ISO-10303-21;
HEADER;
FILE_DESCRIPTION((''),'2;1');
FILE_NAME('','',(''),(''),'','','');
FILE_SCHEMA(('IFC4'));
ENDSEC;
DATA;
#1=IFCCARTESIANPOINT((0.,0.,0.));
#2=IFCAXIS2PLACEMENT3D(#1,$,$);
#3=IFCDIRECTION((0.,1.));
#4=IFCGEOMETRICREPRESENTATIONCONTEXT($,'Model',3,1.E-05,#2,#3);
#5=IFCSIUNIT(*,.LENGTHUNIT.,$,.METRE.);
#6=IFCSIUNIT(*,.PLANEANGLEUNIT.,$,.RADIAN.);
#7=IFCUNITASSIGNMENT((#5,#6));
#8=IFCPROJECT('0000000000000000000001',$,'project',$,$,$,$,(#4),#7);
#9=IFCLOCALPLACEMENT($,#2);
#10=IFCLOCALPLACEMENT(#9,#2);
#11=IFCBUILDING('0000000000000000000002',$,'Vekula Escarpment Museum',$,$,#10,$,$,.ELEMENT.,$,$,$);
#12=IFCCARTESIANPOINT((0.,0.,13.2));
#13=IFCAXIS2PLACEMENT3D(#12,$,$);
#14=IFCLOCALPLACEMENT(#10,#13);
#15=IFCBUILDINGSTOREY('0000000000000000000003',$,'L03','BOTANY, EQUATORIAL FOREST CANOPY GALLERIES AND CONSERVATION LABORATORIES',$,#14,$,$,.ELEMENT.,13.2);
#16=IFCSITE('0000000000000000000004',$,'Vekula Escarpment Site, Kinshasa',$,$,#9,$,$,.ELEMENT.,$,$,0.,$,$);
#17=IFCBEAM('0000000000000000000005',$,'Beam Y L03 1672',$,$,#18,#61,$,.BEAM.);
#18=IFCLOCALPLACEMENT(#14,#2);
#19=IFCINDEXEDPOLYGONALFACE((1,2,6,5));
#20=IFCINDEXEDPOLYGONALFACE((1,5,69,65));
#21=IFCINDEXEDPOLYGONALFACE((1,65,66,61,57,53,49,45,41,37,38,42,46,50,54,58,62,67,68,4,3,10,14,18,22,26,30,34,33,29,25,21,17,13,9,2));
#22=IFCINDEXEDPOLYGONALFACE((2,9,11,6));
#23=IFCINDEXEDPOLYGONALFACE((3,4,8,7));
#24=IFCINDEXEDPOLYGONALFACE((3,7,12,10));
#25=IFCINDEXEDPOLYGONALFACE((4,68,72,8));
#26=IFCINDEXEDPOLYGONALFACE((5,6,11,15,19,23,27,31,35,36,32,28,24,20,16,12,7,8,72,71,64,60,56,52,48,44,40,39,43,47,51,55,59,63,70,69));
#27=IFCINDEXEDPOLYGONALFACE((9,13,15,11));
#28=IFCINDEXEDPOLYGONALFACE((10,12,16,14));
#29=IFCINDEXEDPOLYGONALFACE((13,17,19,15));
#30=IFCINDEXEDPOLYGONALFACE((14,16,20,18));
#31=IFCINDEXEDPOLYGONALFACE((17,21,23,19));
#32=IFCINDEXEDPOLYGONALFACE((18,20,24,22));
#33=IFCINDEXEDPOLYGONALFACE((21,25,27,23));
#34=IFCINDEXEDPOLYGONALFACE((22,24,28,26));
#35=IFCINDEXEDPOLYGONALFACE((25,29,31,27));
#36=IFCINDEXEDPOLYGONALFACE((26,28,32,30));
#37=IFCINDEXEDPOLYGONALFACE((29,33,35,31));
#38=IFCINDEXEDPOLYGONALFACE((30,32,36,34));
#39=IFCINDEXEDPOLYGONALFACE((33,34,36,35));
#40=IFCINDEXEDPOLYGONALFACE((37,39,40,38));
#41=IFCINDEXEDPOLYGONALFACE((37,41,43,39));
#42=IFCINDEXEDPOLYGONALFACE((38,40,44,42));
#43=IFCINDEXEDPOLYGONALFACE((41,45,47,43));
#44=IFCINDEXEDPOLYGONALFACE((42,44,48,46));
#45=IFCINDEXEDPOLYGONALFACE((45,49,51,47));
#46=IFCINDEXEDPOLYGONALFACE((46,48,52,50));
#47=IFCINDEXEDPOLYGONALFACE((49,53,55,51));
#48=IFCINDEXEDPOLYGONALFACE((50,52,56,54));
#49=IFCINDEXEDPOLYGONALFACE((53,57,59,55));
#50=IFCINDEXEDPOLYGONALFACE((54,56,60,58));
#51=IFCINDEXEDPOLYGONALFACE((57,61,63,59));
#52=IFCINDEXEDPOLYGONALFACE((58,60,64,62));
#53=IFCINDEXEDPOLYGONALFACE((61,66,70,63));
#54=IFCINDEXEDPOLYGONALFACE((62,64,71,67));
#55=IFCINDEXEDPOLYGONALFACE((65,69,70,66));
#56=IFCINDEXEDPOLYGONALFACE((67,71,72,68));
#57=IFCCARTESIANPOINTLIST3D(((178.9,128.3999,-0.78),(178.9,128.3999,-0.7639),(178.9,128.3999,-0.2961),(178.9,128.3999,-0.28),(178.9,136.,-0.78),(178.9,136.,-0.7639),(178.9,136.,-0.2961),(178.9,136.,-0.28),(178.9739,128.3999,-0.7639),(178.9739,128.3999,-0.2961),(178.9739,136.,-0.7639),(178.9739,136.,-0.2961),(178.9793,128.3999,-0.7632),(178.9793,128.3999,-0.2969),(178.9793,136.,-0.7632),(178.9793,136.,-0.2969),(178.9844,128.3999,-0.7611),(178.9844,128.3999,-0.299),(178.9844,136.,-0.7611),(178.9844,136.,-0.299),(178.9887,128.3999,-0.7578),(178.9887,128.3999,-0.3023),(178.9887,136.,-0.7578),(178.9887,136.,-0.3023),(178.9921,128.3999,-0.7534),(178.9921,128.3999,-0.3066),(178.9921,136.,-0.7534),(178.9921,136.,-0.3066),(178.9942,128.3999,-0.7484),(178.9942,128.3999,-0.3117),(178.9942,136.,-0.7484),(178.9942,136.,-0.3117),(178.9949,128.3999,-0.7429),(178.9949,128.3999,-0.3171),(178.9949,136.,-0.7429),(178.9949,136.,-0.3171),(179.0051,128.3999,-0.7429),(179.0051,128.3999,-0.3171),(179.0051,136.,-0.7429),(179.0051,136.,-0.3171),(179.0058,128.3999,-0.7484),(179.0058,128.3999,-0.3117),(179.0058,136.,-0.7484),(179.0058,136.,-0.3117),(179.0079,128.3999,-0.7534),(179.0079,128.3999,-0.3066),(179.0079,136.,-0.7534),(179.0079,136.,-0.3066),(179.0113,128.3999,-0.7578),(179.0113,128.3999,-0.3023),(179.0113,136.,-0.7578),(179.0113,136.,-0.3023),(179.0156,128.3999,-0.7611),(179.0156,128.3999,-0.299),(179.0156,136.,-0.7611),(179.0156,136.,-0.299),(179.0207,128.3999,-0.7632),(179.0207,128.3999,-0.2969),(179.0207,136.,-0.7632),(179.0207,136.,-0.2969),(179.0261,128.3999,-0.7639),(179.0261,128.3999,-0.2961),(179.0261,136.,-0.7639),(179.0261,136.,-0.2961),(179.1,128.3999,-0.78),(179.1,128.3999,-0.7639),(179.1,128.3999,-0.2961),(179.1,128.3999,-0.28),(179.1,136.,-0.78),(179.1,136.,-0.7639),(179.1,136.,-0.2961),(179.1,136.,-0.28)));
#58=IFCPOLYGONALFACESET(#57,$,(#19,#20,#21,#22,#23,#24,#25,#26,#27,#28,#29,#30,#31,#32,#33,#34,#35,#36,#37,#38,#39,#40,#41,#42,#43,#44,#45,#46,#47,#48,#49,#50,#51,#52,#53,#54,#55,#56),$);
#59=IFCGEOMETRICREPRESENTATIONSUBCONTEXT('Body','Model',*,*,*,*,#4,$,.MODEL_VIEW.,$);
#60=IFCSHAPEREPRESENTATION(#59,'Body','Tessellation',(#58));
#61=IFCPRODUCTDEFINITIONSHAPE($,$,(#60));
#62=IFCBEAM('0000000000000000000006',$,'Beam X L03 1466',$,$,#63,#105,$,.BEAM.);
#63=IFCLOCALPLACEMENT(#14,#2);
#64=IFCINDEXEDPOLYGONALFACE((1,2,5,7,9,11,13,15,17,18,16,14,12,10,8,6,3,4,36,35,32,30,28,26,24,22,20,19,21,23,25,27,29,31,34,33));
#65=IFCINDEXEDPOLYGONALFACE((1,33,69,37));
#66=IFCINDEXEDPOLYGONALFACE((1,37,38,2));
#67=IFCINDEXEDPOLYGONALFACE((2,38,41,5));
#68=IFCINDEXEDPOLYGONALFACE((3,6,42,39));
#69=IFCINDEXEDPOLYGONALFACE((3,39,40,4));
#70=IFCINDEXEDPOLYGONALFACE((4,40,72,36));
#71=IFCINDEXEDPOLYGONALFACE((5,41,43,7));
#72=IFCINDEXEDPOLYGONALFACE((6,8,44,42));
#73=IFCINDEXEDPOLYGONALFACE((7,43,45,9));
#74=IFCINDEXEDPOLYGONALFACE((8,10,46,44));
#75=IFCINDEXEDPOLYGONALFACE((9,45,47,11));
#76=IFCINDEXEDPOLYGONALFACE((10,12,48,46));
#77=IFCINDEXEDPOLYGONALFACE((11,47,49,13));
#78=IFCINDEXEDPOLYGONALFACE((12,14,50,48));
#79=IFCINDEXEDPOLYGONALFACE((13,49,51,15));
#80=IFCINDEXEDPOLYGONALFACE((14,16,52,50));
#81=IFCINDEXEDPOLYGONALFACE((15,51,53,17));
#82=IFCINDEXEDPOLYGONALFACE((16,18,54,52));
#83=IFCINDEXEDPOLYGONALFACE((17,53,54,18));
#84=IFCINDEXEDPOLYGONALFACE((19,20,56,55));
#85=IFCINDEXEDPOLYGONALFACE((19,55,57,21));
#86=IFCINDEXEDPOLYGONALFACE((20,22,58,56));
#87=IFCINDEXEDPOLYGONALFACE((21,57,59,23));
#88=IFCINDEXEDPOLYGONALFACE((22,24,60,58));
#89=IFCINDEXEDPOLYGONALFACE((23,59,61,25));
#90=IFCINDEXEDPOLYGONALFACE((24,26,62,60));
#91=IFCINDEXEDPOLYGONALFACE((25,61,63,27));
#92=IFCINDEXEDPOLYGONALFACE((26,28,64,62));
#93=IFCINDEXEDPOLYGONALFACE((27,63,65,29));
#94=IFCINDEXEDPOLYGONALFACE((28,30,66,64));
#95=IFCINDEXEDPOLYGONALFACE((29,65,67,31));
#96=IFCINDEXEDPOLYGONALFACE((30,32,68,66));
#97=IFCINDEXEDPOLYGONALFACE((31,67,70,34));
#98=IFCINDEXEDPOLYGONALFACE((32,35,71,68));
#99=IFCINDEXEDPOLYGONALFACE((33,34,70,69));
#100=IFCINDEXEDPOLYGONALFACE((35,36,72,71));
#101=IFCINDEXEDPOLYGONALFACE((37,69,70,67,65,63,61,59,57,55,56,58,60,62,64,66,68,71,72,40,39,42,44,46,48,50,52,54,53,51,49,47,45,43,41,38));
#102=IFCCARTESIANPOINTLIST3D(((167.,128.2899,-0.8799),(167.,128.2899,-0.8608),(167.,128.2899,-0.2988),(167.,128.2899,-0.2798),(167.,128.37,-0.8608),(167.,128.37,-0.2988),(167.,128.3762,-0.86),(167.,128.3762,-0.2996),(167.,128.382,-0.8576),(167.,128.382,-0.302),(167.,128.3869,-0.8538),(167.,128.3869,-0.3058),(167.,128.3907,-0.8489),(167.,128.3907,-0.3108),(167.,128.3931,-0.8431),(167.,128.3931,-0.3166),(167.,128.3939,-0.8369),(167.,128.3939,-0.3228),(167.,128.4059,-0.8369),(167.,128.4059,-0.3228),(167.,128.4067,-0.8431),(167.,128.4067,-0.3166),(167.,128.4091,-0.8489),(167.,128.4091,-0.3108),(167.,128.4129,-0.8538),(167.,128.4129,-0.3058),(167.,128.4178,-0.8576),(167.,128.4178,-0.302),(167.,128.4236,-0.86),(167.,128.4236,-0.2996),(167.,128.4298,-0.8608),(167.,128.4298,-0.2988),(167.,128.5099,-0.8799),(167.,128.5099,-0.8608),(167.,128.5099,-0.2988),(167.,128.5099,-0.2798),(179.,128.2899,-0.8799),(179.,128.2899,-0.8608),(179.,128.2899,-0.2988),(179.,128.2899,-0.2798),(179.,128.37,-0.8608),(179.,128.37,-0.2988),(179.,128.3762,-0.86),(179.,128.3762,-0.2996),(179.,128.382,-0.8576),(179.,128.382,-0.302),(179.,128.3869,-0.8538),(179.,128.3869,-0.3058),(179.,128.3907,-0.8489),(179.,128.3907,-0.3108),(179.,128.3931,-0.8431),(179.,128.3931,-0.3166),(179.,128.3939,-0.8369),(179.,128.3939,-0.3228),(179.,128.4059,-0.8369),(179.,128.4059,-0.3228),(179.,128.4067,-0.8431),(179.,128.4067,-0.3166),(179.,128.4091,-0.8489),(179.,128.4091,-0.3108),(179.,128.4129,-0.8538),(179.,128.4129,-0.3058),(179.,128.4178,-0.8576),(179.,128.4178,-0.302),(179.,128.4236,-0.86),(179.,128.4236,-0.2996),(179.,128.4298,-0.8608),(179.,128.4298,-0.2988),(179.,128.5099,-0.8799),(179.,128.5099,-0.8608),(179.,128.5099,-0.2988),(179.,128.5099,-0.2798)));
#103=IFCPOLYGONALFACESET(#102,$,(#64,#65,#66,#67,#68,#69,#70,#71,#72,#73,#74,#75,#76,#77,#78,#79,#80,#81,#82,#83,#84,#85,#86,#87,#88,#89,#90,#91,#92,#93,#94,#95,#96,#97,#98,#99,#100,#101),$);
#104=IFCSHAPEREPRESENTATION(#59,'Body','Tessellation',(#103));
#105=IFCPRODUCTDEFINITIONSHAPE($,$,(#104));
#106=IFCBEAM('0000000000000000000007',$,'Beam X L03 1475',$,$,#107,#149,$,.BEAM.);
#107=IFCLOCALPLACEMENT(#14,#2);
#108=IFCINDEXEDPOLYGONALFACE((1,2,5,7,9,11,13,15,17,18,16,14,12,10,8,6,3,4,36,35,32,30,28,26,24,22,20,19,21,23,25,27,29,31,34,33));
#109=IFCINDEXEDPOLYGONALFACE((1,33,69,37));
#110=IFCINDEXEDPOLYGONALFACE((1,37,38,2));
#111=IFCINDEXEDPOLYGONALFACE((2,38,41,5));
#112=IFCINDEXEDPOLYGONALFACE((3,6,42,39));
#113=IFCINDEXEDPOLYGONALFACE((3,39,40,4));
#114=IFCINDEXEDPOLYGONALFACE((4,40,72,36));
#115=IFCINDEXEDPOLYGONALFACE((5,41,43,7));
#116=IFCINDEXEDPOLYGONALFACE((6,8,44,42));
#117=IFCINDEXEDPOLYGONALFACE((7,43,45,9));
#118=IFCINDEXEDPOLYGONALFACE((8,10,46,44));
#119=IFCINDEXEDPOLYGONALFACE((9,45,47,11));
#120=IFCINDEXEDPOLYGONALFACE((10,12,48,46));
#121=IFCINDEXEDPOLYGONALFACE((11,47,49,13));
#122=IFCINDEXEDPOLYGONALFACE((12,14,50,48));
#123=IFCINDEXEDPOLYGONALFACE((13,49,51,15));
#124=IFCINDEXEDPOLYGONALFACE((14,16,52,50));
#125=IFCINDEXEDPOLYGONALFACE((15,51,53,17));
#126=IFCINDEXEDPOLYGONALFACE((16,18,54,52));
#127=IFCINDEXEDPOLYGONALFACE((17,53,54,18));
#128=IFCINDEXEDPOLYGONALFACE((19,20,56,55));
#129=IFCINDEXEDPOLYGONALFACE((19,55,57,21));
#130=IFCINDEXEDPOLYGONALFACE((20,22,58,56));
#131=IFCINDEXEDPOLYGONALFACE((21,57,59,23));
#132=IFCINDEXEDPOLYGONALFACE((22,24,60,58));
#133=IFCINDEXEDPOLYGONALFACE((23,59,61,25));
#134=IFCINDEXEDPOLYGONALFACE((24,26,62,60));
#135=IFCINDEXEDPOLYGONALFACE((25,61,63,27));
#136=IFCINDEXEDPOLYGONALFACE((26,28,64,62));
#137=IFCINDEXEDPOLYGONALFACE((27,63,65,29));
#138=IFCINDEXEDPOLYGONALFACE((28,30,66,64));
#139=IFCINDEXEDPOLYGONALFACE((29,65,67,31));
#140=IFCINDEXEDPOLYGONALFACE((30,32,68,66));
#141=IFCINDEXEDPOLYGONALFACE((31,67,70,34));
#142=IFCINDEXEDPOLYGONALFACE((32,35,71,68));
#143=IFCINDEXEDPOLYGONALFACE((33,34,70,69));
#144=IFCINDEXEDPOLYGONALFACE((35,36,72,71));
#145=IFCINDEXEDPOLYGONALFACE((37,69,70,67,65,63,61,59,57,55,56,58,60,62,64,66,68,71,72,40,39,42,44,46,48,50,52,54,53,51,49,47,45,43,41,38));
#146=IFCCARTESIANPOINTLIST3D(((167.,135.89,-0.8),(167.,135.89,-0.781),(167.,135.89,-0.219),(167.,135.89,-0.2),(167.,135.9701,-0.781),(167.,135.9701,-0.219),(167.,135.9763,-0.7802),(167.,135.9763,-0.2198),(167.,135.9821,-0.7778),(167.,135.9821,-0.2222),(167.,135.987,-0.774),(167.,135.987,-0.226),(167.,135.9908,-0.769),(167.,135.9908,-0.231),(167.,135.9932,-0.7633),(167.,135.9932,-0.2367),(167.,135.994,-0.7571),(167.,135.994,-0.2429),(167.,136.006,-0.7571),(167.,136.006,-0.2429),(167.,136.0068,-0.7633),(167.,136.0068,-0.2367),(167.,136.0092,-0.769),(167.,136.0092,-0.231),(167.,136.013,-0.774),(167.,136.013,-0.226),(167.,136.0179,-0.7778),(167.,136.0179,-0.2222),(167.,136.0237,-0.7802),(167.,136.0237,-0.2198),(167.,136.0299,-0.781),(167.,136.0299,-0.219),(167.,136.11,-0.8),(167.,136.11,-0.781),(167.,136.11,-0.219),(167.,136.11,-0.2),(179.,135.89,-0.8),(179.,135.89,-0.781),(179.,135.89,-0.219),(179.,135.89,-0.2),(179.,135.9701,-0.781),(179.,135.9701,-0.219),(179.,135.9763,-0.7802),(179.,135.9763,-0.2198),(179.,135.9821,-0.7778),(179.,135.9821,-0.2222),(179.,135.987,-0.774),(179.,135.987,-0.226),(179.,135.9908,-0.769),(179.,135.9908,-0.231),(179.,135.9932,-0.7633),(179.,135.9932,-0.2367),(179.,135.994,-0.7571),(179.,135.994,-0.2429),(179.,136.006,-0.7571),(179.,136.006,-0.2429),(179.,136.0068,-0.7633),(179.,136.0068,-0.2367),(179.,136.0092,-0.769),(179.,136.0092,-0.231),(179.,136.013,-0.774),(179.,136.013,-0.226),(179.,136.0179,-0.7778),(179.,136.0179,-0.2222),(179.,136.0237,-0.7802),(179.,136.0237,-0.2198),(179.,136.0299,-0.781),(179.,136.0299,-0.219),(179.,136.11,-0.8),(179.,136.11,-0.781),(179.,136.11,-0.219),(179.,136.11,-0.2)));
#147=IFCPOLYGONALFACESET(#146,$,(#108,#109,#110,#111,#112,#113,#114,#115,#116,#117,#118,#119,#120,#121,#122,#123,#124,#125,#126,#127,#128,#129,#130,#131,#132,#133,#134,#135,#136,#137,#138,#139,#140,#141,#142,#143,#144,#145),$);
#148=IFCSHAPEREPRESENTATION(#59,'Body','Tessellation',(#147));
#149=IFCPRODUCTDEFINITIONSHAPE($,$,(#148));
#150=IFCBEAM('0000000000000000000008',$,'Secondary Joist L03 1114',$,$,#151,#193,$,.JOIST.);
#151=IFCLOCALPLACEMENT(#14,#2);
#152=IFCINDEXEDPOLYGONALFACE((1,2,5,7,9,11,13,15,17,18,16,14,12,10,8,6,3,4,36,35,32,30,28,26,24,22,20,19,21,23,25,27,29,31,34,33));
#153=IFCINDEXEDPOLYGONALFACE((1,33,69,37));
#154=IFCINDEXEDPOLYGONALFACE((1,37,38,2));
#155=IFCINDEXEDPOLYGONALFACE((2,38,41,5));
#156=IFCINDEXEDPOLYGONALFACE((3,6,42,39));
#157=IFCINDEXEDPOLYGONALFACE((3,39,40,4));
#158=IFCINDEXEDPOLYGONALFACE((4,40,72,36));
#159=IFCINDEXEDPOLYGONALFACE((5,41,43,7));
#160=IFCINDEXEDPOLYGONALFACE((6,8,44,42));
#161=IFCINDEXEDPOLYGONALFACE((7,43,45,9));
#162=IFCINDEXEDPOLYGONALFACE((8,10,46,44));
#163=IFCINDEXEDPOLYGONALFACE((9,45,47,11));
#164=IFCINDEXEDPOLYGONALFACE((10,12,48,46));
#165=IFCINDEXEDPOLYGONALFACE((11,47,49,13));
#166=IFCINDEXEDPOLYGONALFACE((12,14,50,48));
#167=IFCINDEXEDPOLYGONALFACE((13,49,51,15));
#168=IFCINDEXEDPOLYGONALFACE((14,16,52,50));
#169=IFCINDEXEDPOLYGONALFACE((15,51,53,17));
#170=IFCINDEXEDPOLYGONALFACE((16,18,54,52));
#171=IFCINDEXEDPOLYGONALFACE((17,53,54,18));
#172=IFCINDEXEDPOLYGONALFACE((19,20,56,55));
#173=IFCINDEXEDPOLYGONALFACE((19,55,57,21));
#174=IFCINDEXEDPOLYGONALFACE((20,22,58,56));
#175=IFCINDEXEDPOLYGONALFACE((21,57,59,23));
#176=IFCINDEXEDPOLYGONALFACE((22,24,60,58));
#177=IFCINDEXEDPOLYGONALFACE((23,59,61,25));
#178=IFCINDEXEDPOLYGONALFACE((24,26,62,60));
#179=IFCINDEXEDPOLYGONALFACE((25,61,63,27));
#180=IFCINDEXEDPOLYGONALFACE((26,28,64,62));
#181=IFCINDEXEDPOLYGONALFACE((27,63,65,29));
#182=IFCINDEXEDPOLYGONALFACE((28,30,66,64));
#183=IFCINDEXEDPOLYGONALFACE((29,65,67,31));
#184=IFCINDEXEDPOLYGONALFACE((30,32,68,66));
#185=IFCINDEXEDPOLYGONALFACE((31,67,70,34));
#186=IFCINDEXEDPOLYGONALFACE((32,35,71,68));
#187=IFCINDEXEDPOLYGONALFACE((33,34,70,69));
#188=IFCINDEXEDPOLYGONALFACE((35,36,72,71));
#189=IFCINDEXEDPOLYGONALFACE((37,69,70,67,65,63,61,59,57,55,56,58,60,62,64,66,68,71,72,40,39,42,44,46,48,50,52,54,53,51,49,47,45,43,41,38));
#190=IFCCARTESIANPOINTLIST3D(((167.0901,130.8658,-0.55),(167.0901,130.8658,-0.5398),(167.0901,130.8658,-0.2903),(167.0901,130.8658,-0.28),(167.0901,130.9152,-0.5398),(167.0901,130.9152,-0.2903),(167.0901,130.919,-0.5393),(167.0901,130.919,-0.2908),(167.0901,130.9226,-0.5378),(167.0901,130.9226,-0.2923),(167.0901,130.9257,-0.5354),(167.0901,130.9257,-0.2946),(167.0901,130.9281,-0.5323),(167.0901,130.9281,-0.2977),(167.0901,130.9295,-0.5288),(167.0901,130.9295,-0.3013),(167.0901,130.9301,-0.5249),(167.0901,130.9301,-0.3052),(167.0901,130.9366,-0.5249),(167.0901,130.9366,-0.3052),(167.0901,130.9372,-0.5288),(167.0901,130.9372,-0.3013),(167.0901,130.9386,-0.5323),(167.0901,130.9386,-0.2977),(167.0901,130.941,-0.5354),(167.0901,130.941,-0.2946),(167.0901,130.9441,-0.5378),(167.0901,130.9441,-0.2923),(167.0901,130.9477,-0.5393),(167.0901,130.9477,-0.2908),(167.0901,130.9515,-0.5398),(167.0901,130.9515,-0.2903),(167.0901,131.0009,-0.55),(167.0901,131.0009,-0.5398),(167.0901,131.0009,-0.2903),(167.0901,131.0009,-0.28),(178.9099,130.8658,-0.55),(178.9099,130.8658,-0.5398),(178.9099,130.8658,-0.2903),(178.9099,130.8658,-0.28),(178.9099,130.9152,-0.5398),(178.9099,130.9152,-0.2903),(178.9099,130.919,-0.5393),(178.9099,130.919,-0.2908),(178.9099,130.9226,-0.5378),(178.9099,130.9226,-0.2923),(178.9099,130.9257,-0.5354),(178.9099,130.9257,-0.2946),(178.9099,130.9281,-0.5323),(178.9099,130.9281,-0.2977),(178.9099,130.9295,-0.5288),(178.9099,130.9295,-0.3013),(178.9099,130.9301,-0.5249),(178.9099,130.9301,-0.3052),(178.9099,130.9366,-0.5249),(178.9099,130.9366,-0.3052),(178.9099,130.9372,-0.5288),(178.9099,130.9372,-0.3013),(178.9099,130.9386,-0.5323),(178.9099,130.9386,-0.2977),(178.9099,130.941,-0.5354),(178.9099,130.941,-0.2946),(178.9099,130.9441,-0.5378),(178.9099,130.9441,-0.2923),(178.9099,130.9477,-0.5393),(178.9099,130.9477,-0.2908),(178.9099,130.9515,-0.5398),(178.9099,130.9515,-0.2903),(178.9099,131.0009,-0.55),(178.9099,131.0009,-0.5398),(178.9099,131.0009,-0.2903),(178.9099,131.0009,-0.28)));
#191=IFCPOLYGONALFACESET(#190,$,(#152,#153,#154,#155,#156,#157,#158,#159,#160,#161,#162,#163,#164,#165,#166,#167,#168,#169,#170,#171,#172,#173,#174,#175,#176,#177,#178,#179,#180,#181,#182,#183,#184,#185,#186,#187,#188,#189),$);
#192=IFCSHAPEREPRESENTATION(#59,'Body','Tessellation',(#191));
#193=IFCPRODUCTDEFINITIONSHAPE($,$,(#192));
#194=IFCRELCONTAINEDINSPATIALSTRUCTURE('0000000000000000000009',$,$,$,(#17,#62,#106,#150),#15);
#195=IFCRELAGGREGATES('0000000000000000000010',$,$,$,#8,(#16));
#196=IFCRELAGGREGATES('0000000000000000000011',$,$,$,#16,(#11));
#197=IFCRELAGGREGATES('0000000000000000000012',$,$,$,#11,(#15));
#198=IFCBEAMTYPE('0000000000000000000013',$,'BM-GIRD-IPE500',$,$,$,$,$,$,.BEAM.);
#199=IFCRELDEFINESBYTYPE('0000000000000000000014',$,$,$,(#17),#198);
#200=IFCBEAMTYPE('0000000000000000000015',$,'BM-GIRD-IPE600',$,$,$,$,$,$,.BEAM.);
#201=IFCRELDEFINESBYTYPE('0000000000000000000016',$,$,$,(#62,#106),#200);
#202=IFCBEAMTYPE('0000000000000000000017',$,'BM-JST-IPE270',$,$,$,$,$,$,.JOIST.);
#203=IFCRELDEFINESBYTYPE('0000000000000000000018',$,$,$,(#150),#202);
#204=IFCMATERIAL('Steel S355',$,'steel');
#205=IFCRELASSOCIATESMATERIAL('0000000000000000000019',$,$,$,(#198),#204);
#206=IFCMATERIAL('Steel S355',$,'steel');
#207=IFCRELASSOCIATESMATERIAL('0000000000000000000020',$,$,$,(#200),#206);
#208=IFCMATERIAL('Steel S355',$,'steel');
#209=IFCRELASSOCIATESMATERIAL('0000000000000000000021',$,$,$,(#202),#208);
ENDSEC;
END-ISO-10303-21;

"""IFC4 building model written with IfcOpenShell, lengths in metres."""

from ifc_helpers import new_model, si_unit, direction, frame, origin, origin_2d, place, context, subcontext, project, spatial, i_section, extrude, material, material_profile, profile_set, type_object, element, save


model = new_model("IFC4")

# Units and contexts
model_context = context("Model", 3, precision=1e-05, world=origin(), true_north=direction((0.0, 1.0)))
body_context = subcontext(model_context, "Body", "Model", "MODEL_VIEW")
ifc_project = project(units=[si_unit("LENGTHUNIT", "METRE"), si_unit("PLANEANGLEUNIT", "RADIAN")], contexts=[model_context])

# Site, building, storey
site_placement = place(None, origin())
site = spatial("IfcSite", under=ifc_project, at=site_placement, Name="Vekula Escarpment Site, Kinshasa", CompositionType="ELEMENT", RefElevation=0.0)
building_placement = place(site_placement, origin())
building = spatial("IfcBuilding", under=site, at=building_placement, Name="Vekula Escarpment Museum", CompositionType="ELEMENT")
storey_placement = place(building_placement, frame((0.0, 0.0, 13.2)))
storey = spatial("IfcBuildingStorey", under=building, at=storey_placement, Name="L03", Description="BOTANY, EQUATORIAL FOREST CANOPY GALLERIES AND CONSERVATION LABORATORIES", CompositionType="ELEMENT", Elevation=13.2)

# Beams
ifc_material_1 = material(Name="Steel S355", Category="steel")
ifc_material_profile_1 = material_profile(ifc_material_1, i_section(OverallWidth=0.2, OverallDepth=0.5, WebThickness=0.0103, FlangeThickness=0.0161, FilletRadius=0.021, at=origin_2d()), Name="IPE 500")
ifc_profile_set_1 = profile_set([ifc_material_profile_1], Name="Steel S355")
beam_type_1 = type_object("IfcBeamType", Name="BM-GIRD-IPE500", PredefinedType="BEAM", material=ifc_profile_set_1)
beam_1_placement = place(storey_placement, frame((179.0, 128.3999, -0.53), z_axis=(0.0, 1.0, 0.0), x_axis=(-1.0, 0.0, 0.0)))
element("IfcBeam", 1, at=beam_1_placement, inside=storey, type_object=beam_type_1, Name="Beam Y L03 1672", PredefinedType="BEAM", context=body_context, shape_type="SweptSolid", body=[
    extrude(i_section(OverallWidth=0.2, OverallDepth=0.5, WebThickness=0.0103, FlangeThickness=0.0161, FilletRadius=0.021, at=origin_2d()), origin(), (0.0, 0.0, 1.0), 7.6001),
])
ifc_material_2 = material(Name="Steel S355", Category="steel")
ifc_material_profile_2 = material_profile(ifc_material_2, i_section(OverallWidth=0.22, OverallDepth=0.6001, WebThickness=0.012, FlangeThickness=0.019, FilletRadius=0.0239, at=origin_2d()), Name="IPE 600")
ifc_profile_set_2 = profile_set([ifc_material_profile_2], Name="Steel S355")
beam_type_2 = type_object("IfcBeamType", Name="BM-GIRD-IPE600", PredefinedType="BEAM", material=ifc_profile_set_2)
for number, where, z_axis, x_axis, name in (
    (2, (167.0, 128.3999, -0.5798), (1.0, 0.0, 0.0), (0.0, 1.0, 0.0), "Beam X L03 1466"),
    (3, (167.0, 136.0, -0.5), (1.0, 0.0, 0.0), (0.0, 1.0, 0.0), "Beam X L03 1475"),
):
    element("IfcBeam", number, at=place(storey_placement, frame(where, z_axis=z_axis, x_axis=x_axis)), inside=storey, type_object=beam_type_2, Name=name, PredefinedType="BEAM", context=body_context, shape_type="SweptSolid", body=[
        extrude(i_section(OverallWidth=0.22, OverallDepth=0.6001, WebThickness=0.012, FlangeThickness=0.019, FilletRadius=0.0239, at=origin_2d()), origin(), (0.0, 0.0, 1.0), 12.0),
    ])
ifc_material_3 = material(Name="Steel S355", Category="steel")
ifc_material_profile_3 = material_profile(ifc_material_3, i_section(OverallWidth=0.135, OverallDepth=0.27, WebThickness=0.0066, FlangeThickness=0.0103, FilletRadius=0.0149, at=origin_2d()), Name="IPE 270")
ifc_profile_set_3 = profile_set([ifc_material_profile_3], Name="Steel S355")
beam_type_3 = type_object("IfcBeamType", Name="BM-JST-IPE270", PredefinedType="JOIST", material=ifc_profile_set_3)
for number, where, z_axis, x_axis, name in (
    (4, (167.0901, 130.9333, -0.415), (1.0, 0.0, 0.0), (0.0, 1.0, 0.0), "Secondary Joist L03 1114"),
):
    element("IfcBeam", number, at=place(storey_placement, frame(where, z_axis=z_axis, x_axis=x_axis)), inside=storey, type_object=beam_type_3, Name=name, PredefinedType="JOIST", context=body_context, shape_type="SweptSolid", body=[
        extrude(i_section(OverallWidth=0.135, OverallDepth=0.27, WebThickness=0.0066, FlangeThickness=0.0103, FilletRadius=0.0149, at=origin_2d()), origin(), (0.0, 0.0, 1.0), 11.8198),
    ])

save(model, "model.ifc")
